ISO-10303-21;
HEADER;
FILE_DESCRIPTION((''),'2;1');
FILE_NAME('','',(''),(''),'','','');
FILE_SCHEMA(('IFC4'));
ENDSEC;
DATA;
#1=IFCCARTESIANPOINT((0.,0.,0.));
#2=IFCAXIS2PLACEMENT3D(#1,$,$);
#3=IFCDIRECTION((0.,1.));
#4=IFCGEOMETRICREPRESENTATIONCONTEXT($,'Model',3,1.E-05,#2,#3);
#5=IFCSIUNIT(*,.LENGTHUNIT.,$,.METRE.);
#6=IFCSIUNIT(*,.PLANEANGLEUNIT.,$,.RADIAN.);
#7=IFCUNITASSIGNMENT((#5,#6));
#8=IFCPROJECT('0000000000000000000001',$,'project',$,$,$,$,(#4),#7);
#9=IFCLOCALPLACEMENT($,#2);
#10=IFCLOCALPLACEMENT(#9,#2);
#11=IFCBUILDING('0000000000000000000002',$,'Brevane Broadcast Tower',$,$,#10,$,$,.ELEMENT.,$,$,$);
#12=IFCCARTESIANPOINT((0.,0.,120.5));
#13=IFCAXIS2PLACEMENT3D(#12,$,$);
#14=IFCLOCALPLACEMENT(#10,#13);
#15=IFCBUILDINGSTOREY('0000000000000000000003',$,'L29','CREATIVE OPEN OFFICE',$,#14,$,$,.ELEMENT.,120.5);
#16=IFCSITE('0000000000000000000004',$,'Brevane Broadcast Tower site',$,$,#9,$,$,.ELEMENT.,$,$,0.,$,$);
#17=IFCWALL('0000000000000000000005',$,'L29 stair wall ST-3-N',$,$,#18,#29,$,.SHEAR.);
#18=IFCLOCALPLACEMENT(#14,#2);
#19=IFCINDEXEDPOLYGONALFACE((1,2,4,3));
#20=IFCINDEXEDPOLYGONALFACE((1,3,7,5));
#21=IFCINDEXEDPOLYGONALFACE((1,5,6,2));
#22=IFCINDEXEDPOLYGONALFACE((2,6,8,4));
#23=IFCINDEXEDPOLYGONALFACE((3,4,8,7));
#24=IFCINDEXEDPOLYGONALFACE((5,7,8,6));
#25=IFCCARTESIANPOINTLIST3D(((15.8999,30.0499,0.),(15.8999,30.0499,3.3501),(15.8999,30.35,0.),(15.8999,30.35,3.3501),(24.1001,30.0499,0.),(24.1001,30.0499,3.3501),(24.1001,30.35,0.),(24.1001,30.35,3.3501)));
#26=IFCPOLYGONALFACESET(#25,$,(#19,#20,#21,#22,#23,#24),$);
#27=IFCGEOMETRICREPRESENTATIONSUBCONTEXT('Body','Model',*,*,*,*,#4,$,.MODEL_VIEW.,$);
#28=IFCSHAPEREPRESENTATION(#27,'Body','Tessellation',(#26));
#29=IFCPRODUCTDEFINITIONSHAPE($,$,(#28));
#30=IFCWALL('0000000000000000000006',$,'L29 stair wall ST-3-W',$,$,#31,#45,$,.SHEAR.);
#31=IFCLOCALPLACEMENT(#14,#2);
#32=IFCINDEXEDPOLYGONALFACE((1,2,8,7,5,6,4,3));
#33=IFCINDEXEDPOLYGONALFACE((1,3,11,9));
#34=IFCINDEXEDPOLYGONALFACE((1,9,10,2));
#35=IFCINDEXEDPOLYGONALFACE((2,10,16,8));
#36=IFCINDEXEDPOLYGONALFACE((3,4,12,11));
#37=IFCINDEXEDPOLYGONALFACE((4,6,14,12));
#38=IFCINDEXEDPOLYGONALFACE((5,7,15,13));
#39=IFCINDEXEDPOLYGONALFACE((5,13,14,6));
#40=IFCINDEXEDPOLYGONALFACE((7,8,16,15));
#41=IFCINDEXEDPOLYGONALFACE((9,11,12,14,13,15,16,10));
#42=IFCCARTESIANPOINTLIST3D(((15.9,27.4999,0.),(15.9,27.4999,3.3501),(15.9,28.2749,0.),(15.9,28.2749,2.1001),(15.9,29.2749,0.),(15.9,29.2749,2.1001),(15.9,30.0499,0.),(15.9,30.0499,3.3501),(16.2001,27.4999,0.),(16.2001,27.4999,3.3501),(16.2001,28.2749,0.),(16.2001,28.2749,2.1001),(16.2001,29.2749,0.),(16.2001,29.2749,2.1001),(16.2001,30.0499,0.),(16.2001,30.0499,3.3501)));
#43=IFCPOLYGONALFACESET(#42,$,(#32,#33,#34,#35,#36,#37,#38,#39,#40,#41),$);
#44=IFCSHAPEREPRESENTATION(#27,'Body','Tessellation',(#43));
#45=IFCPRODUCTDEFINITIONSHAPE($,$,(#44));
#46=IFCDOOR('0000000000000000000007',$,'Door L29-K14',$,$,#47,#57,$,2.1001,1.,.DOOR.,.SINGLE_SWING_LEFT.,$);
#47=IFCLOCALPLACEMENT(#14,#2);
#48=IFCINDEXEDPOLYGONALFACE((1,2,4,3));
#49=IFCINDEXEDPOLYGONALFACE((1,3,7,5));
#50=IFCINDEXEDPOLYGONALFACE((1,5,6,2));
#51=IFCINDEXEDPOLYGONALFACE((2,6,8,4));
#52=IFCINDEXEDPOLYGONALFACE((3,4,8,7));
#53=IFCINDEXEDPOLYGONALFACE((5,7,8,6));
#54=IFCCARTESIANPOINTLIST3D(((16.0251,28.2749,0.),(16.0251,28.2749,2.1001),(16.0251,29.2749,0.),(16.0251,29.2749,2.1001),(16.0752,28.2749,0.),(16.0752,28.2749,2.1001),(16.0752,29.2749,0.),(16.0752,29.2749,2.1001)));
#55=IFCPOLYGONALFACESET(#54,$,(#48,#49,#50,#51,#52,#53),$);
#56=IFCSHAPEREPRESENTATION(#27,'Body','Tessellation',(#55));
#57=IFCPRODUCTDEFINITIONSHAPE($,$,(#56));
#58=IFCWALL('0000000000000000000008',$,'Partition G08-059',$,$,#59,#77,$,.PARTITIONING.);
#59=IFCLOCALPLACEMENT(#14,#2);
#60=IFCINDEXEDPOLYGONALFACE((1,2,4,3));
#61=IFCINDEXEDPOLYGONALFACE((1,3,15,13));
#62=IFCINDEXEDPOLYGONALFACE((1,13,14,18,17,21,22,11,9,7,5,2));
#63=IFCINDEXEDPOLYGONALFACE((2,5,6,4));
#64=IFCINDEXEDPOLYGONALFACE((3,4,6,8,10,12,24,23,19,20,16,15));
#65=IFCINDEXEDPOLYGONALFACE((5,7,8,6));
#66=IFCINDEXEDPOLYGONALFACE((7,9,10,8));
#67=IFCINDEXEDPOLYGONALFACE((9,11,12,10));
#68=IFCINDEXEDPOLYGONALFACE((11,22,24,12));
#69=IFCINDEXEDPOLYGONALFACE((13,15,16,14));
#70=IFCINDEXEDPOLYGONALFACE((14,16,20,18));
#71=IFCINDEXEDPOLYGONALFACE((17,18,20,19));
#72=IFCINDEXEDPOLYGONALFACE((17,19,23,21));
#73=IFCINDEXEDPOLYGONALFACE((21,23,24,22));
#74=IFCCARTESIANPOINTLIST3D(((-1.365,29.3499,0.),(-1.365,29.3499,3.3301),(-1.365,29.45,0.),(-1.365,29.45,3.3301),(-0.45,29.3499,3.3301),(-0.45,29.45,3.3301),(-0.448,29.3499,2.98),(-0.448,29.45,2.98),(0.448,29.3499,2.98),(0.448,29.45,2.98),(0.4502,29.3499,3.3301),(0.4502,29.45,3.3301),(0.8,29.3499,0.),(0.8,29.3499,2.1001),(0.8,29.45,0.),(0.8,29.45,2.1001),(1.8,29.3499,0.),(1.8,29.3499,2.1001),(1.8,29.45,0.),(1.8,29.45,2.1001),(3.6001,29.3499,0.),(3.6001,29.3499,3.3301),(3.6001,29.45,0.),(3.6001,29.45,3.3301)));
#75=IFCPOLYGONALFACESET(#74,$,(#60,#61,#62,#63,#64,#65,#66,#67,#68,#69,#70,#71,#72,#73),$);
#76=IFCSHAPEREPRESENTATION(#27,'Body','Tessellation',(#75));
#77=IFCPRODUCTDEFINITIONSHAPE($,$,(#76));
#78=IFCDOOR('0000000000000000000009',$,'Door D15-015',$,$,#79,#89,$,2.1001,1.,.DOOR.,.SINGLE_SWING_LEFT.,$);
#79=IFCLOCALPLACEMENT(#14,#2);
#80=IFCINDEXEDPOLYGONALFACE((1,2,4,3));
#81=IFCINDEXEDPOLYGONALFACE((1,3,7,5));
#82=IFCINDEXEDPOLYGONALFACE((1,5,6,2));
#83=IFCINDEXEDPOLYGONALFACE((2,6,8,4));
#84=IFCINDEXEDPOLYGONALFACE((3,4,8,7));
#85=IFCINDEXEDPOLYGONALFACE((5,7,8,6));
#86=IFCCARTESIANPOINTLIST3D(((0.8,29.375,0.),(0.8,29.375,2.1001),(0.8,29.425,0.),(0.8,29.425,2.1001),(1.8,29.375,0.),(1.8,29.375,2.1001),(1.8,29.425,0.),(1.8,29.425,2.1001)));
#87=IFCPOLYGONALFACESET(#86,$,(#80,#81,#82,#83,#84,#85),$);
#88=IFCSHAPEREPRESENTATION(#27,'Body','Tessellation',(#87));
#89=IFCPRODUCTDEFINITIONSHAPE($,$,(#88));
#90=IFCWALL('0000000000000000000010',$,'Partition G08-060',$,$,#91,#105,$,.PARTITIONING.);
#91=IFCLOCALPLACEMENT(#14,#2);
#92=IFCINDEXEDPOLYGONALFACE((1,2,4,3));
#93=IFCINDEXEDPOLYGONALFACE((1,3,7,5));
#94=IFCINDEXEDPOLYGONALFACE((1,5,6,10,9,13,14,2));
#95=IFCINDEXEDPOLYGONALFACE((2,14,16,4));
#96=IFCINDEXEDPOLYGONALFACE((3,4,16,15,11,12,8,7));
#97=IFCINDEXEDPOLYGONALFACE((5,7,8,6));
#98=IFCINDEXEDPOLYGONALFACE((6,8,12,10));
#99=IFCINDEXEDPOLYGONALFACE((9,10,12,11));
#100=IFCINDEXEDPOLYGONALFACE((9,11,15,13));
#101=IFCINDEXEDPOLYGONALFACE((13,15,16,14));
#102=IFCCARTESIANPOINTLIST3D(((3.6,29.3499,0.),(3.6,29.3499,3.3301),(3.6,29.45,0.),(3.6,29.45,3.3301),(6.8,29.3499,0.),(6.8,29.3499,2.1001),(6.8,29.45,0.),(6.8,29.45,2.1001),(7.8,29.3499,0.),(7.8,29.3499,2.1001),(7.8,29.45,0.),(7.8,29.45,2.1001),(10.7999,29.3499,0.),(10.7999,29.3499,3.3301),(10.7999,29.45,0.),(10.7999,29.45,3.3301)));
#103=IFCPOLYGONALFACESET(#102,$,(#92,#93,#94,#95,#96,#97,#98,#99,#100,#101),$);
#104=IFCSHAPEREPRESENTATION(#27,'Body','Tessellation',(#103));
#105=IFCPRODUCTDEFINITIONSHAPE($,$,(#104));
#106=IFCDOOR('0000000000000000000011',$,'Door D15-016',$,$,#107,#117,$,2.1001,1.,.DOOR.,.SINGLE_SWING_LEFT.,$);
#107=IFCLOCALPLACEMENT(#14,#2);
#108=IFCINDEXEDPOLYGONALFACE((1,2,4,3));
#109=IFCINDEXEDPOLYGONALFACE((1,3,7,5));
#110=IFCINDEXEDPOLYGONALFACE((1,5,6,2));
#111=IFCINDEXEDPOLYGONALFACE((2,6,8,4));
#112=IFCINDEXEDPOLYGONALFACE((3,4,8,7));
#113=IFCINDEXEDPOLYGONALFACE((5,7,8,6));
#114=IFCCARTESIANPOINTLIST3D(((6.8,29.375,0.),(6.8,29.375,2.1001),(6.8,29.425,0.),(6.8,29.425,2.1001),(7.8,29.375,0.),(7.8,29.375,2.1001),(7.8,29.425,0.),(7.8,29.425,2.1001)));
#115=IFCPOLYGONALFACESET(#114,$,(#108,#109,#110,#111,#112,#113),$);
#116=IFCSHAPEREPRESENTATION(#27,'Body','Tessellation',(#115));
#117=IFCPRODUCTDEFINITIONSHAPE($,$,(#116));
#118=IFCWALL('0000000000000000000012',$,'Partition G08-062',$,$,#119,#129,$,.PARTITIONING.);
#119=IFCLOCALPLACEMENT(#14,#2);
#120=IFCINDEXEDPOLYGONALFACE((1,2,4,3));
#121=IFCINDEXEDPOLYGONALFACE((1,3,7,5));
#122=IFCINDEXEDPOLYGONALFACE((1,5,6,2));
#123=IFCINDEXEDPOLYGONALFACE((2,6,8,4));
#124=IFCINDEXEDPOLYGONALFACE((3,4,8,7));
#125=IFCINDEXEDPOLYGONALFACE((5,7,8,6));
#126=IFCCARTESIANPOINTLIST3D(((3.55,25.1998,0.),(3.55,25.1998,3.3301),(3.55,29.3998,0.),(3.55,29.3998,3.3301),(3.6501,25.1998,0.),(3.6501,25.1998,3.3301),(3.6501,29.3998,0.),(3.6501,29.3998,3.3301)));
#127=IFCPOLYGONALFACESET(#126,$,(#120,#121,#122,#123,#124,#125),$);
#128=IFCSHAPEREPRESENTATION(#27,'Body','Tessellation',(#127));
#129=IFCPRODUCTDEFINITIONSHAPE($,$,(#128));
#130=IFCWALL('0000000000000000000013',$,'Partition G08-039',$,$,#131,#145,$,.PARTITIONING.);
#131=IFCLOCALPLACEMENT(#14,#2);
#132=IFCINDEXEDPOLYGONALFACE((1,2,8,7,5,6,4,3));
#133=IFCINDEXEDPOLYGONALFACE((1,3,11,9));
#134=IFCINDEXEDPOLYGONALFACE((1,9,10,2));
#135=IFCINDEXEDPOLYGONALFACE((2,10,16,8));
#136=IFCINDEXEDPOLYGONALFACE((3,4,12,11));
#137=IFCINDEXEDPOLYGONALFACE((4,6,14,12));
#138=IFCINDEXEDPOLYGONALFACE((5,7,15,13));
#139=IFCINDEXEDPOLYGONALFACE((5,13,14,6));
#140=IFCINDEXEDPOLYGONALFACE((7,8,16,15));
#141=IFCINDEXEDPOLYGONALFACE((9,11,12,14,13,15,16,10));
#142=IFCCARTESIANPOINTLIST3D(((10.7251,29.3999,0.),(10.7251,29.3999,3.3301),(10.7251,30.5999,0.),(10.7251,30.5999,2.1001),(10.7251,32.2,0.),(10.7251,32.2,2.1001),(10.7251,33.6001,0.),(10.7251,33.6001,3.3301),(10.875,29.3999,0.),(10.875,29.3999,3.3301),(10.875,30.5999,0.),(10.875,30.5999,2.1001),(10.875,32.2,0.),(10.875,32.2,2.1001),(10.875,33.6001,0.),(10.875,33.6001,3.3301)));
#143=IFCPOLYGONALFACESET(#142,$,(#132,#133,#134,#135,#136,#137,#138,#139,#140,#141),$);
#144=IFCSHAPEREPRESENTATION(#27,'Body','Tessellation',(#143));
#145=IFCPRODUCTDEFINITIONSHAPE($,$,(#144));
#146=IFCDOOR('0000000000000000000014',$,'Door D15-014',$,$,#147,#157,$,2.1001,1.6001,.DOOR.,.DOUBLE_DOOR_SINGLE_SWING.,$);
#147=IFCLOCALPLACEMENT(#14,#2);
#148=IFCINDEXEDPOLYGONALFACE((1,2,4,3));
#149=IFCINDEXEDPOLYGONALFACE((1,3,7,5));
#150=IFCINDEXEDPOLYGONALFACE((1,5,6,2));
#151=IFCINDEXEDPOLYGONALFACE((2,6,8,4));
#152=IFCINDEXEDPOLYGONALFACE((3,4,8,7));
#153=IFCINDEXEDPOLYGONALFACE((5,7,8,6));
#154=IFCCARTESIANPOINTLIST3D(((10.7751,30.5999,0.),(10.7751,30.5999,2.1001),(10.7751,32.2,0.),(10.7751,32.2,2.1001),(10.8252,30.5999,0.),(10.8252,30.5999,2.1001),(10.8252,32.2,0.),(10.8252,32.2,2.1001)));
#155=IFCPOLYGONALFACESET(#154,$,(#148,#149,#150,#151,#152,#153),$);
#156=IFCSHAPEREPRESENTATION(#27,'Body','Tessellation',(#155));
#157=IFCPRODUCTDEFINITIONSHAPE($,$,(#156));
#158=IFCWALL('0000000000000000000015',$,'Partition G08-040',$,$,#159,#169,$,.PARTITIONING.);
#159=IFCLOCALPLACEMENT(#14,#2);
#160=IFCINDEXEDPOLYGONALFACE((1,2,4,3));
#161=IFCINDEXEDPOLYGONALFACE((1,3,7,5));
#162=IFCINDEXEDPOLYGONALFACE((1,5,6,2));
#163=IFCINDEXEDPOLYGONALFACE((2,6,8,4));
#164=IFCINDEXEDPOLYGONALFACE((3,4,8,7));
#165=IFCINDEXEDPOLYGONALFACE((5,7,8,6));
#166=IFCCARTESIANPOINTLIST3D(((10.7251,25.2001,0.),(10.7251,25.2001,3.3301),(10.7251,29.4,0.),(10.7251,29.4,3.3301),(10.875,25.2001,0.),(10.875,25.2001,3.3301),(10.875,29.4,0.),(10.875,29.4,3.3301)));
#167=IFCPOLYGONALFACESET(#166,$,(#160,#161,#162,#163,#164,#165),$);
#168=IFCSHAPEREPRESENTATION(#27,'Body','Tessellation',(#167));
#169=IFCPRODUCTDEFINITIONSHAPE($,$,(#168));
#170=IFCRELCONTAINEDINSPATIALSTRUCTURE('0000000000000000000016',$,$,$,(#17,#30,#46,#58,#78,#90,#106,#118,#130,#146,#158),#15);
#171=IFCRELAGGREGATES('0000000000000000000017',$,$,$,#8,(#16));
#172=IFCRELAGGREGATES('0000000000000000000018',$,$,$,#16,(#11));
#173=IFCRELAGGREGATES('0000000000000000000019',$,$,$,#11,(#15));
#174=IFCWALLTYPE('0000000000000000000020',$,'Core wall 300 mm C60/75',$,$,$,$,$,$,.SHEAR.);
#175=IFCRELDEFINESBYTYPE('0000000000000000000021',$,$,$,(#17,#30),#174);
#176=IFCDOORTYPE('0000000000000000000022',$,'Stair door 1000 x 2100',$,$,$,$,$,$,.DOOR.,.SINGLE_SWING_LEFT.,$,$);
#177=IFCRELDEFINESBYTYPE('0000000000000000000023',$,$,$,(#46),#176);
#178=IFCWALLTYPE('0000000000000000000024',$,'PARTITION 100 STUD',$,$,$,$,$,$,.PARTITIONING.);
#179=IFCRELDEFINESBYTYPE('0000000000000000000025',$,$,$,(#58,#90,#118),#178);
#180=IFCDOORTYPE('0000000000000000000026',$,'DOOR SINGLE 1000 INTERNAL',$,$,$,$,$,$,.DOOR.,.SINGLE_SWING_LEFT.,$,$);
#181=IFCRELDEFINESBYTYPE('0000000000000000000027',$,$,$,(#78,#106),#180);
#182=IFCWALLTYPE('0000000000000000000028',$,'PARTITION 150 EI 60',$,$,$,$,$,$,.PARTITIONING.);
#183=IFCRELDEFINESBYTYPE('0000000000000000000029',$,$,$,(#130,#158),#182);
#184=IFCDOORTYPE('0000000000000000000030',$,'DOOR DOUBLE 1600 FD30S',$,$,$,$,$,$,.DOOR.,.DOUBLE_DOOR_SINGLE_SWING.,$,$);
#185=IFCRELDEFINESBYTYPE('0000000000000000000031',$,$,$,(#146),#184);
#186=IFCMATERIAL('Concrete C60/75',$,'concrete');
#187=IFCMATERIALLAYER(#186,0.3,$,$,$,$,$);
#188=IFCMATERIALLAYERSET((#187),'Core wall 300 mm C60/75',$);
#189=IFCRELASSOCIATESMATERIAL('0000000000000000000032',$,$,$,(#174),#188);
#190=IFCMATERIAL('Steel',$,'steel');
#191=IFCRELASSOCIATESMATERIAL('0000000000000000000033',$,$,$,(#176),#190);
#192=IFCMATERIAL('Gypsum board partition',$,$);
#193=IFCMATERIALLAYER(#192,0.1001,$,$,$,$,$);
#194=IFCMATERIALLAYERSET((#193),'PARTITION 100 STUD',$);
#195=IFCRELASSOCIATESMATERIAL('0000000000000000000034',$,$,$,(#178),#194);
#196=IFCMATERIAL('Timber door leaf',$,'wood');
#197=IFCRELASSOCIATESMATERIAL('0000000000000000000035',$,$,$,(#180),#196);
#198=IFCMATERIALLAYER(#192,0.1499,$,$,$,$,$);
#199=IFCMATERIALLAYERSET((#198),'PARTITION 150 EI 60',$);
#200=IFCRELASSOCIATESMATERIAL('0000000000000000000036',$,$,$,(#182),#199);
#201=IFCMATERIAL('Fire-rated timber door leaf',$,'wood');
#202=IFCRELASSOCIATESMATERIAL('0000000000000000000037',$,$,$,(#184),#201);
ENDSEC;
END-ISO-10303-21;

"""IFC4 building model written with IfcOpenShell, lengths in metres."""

from ifc_helpers import new_model, si_unit, direction, frame, frame_2d, origin, place, context, subcontext, project, spatial, polyline, rectangle, outline, extrude, material, layer, layer_set, type_object, element, fill, save


model = new_model("IFC4")

# Units and contexts
model_context = context("Model", 3, precision=1e-05, world=origin(), true_north=direction((0.0, 1.0)))
body_context = subcontext(model_context, "Body", "Model", "MODEL_VIEW")
ifc_project = project(units=[si_unit("LENGTHUNIT", "METRE"), si_unit("PLANEANGLEUNIT", "RADIAN")], contexts=[model_context])

# Site, building, storey
site_placement = place(None, origin())
site = spatial("IfcSite", under=ifc_project, at=site_placement, Name="Brevane Broadcast Tower site", CompositionType="ELEMENT", RefElevation=0.0)
building_placement = place(site_placement, origin())
building = spatial("IfcBuilding", under=site, at=building_placement, Name="Brevane Broadcast Tower", CompositionType="ELEMENT")
storey_placement = place(building_placement, frame((0.0, 0.0, 120.5)))
storey = spatial("IfcBuildingStorey", under=building, at=storey_placement, Name="L29", Description="CREATIVE OPEN OFFICE", CompositionType="ELEMENT", Elevation=120.5)

# Shared definitions
ifc_material_1 = material(Name="Concrete C60/75", Category="concrete")

# Shared definitions
ifc_layer_1 = layer(ifc_material_1, 0.3)
ifc_layer_set_1 = layer_set([ifc_layer_1], Name="Core wall 300 mm C60/75")
wall_type_1 = type_object("IfcWallType", Name="Core wall 300 mm C60/75", PredefinedType="SHEAR", material=ifc_layer_set_1)
ifc_material_2 = material(Name="Steel", Category="steel")
door_type_1 = type_object("IfcDoorType", Name="Stair door 1000 x 2100", OperationType="SINGLE_SWING_LEFT", PredefinedType="DOOR", material=ifc_material_2)

# Wall
for number, where, z_axis, x_axis, name in (
    (1, (15.8999, 30.2, 0.0), (0.0, 0.0, 1.0), (1.0, 0.0, 0.0), "L29 stair wall ST-3-N"),
):
    element("IfcWall", number, at=place(storey_placement, frame(where, z_axis=z_axis, x_axis=x_axis)), inside=storey, type_object=wall_type_1, Name=name, PredefinedType="SHEAR", context=body_context, shape_type="SweptSolid", body=[
        extrude(rectangle(XDim=8.2002, YDim=0.3, at=frame_2d((4.1001, 0.0))), origin(), (0.0, 0.0, 1.0), 3.3501),
    ])

# Walls, openings, doors
wall_1_placement = place(storey_placement, frame((16.05, 27.5, 0.0), z_axis=(0.0, 0.0, 1.0), x_axis=(0.0, 1.0, 0.0)))
wall_1 = element("IfcWall", 2, at=wall_1_placement, inside=storey, type_object=wall_type_1, Name="L29 stair wall ST-3-W", PredefinedType="SHEAR", context=body_context, shape_type="SweptSolid", body=[
    extrude(rectangle(XDim=2.55, YDim=0.3, at=frame_2d((1.2749, 0.0))), origin(), (0.0, 0.0, 1.0), 3.3501),
])
opening_1_placement = place(wall_1_placement, frame((0.7749, 0.0, 0.0)))
opening_1 = element("IfcOpeningElement", 3, at=opening_1_placement, cuts=wall_1, PredefinedType="OPENING", context=body_context, shape_type="SweptSolid", body=[
    extrude(rectangle(XDim=1.0, YDim=2.1001, at=frame_2d((0.5, 1.05))), frame((0.0, 0.1599, 0.0), z_axis=(0.0, -1.0, 0.0), x_axis=(1.0, 0.0, 0.0)), (0.0, 0.0, 1.0), 0.3201),
])
door_1_placement = place(opening_1_placement, origin())
door_1 = element("IfcDoor", 4, at=door_1_placement, inside=storey, type_object=door_type_1, Name="Door L29-K14", OperationType="SINGLE_SWING_LEFT", OverallHeight=2.1001, OverallWidth=1.0, PredefinedType="DOOR", context=body_context, shape_type="SweptSolid", body=[
    extrude(rectangle(XDim=1.0, YDim=2.1001, at=frame_2d((0.5, 1.05))), frame((0.0, 0.0249, 0.0), z_axis=(0.0, -1.0, 0.0), x_axis=(1.0, 0.0, 0.0)), (0.0, 0.0, 1.0), 0.05),
])
fill(opening_1, door_1)
ifc_material_3 = material(Name="Gypsum board partition")
ifc_layer_2 = layer(ifc_material_3, 0.1001)
ifc_layer_set_2 = layer_set([ifc_layer_2], Name="PARTITION 100 STUD")
wall_type_2 = type_object("IfcWallType", Name="PARTITION 100 STUD", PredefinedType="PARTITIONING", material=ifc_layer_set_2)
wall_2_placement = place(storey_placement, frame((3.6001, 29.3999, 0.0), z_axis=(0.0, 0.0, 1.0), x_axis=(-1.0, 0.0, 0.0)))
wall_2 = element("IfcWall", 5, at=wall_2_placement, inside=storey, type_object=wall_type_2, Name="Partition G08-059", PredefinedType="PARTITIONING", context=body_context, shape_type="SweptSolid", body=[
    extrude(outline(polyline([(0.0, 0.0), (4.9651, 0.0), (4.9651, 3.3301), (4.7, 3.3301), (4.05, 3.3301), (4.0481, 2.98), (3.1521, 2.98), (3.1499, 3.3301), (0.0, 3.3301), (0.0, 0.0)])), frame((0.0, 0.05, 0.0), z_axis=(0.0, -1.0, 0.0), x_axis=(1.0, 0.0, 0.0)), (0.0, 0.0, 1.0), 0.1001),
])
opening_2_placement = place(wall_2_placement, frame((1.8, 0.0, 0.0)))
opening_2 = element("IfcOpeningElement", 6, at=opening_2_placement, cuts=wall_2, PredefinedType="OPENING", context=body_context, shape_type="SweptSolid", body=[
    extrude(rectangle(XDim=1.0, YDim=2.1001, at=frame_2d((0.5, 1.05))), frame((0.0, 0.0601, 0.0), z_axis=(0.0, -1.0, 0.0), x_axis=(1.0, 0.0, 0.0)), (0.0, 0.0, 1.0), 0.1201),
])
ifc_material_4 = material(Name="Timber door leaf", Category="wood")
door_type_2 = type_object("IfcDoorType", Name="DOOR SINGLE 1000 INTERNAL", OperationType="SINGLE_SWING_LEFT", PredefinedType="DOOR", material=ifc_material_4)
door_2_placement = place(opening_2_placement, origin())
door_2 = element("IfcDoor", 7, at=door_2_placement, inside=storey, type_object=door_type_2, Name="Door D15-015", OperationType="SINGLE_SWING_LEFT", OverallHeight=2.1001, OverallWidth=1.0, PredefinedType="DOOR", context=body_context, shape_type="SweptSolid", body=[
    extrude(rectangle(XDim=1.0, YDim=2.1001, at=frame_2d((0.5, 1.05))), frame((0.0, 0.0249, 0.0), z_axis=(0.0, -1.0, 0.0), x_axis=(1.0, 0.0, 0.0)), (0.0, 0.0, 1.0), 0.05),
])
fill(opening_2, door_2)
wall_3_placement = place(storey_placement, frame((10.8, 29.3999, 0.0), z_axis=(0.0, 0.0, 1.0), x_axis=(-1.0, 0.0, 0.0)))
wall_3 = element("IfcWall", 8, at=wall_3_placement, inside=storey, type_object=wall_type_2, Name="Partition G08-060", PredefinedType="PARTITIONING", context=body_context, shape_type="SweptSolid", body=[
    extrude(rectangle(XDim=7.2, YDim=0.1001, at=frame_2d((3.6001, 0.0))), origin(), (0.0, 0.0, 1.0), 3.3301),
])
opening_3_placement = place(wall_3_placement, frame((3.0, 0.0, 0.0)))
opening_3 = element("IfcOpeningElement", 9, at=opening_3_placement, cuts=wall_3, PredefinedType="OPENING", context=body_context, shape_type="SweptSolid", body=[
    extrude(rectangle(XDim=1.0, YDim=2.1001, at=frame_2d((0.5, 1.05))), frame((0.0, 0.0601, 0.0), z_axis=(0.0, -1.0, 0.0), x_axis=(1.0, 0.0, 0.0)), (0.0, 0.0, 1.0), 0.1201),
])
door_3_placement = place(opening_3_placement, origin())
door_3 = element("IfcDoor", 10, at=door_3_placement, inside=storey, type_object=door_type_2, Name="Door D15-016", OperationType="SINGLE_SWING_LEFT", OverallHeight=2.1001, OverallWidth=1.0, PredefinedType="DOOR", context=body_context, shape_type="SweptSolid", body=[
    extrude(rectangle(XDim=1.0, YDim=2.1001, at=frame_2d((0.5, 1.05))), frame((0.0, 0.0249, 0.0), z_axis=(0.0, -1.0, 0.0), x_axis=(1.0, 0.0, 0.0)), (0.0, 0.0, 1.0), 0.05),
])
fill(opening_3, door_3)

# Wall
wall_4_placement = place(storey_placement, frame((3.6001, 29.3999, 0.0), z_axis=(0.0, 0.0, 1.0), x_axis=(0.0, -1.0, 0.0)))
element("IfcWall", 11, at=wall_4_placement, inside=storey, type_object=wall_type_2, Name="Partition G08-062", PredefinedType="PARTITIONING", context=body_context, shape_type="SweptSolid", body=[
    extrude(rectangle(XDim=4.2, YDim=0.1001, at=frame_2d((2.1001, 0.0))), origin(), (0.0, 0.0, 1.0), 3.3301),
])

# Wall, opening, door
ifc_layer_3 = layer(ifc_material_3, 0.1499)
ifc_layer_set_3 = layer_set([ifc_layer_3], Name="PARTITION 150 EI 60")
wall_type_3 = type_object("IfcWallType", Name="PARTITION 150 EI 60", PredefinedType="PARTITIONING", material=ifc_layer_set_3)
wall_5_placement = place(storey_placement, frame((10.8, 29.3999, 0.0), z_axis=(0.0, 0.0, 1.0), x_axis=(0.0, 1.0, 0.0)))
wall_5 = element("IfcWall", 12, at=wall_5_placement, inside=storey, type_object=wall_type_3, Name="Partition G08-039", PredefinedType="PARTITIONING", context=body_context, shape_type="SweptSolid", body=[
    extrude(rectangle(XDim=4.2002, YDim=0.1499, at=frame_2d((2.1001, 0.0))), origin(), (0.0, 0.0, 1.0), 3.3301),
])
opening_4_placement = place(wall_5_placement, frame((1.2, 0.0, 0.0)))
opening_4 = element("IfcOpeningElement", 13, at=opening_4_placement, cuts=wall_5, PredefinedType="OPENING", context=body_context, shape_type="SweptSolid", body=[
    extrude(rectangle(XDim=1.6001, YDim=2.1001, at=frame_2d((0.8, 1.05))), frame((0.0, 0.085, 0.0), z_axis=(0.0, -1.0, 0.0), x_axis=(1.0, 0.0, 0.0)), (0.0, 0.0, 1.0), 0.1699),
])
ifc_material_5 = material(Name="Fire-rated timber door leaf", Category="wood")
door_type_3 = type_object("IfcDoorType", Name="DOOR DOUBLE 1600 FD30S", OperationType="DOUBLE_DOOR_SINGLE_SWING", PredefinedType="DOOR", material=ifc_material_5)
door_4_placement = place(opening_4_placement, origin())
door_4 = element("IfcDoor", 14, at=door_4_placement, inside=storey, type_object=door_type_3, Name="Door D15-014", OperationType="DOUBLE_DOOR_SINGLE_SWING", OverallHeight=2.1001, OverallWidth=1.6001, PredefinedType="DOOR", context=body_context, shape_type="SweptSolid", body=[
    extrude(rectangle(XDim=1.6001, YDim=2.1001, at=frame_2d((0.8, 1.05))), frame((0.0, 0.0249, 0.0), z_axis=(0.0, -1.0, 0.0), x_axis=(1.0, 0.0, 0.0)), (0.0, 0.0, 1.0), 0.05),
])
fill(opening_4, door_4)

# Wall
wall_6_placement = place(storey_placement, frame((10.8, 25.2, 0.0), z_axis=(0.0, 0.0, 1.0), x_axis=(0.0, 1.0, 0.0)))
element("IfcWall", 15, at=wall_6_placement, inside=storey, type_object=wall_type_3, Name="Partition G08-040", PredefinedType="PARTITIONING", context=body_context, shape_type="SweptSolid", body=[
    extrude(rectangle(XDim=4.2, YDim=0.1499, at=frame_2d((2.1001, 0.0))), origin(), (0.0, 0.0, 1.0), 3.3301),
])

save(model, "model.ifc")
